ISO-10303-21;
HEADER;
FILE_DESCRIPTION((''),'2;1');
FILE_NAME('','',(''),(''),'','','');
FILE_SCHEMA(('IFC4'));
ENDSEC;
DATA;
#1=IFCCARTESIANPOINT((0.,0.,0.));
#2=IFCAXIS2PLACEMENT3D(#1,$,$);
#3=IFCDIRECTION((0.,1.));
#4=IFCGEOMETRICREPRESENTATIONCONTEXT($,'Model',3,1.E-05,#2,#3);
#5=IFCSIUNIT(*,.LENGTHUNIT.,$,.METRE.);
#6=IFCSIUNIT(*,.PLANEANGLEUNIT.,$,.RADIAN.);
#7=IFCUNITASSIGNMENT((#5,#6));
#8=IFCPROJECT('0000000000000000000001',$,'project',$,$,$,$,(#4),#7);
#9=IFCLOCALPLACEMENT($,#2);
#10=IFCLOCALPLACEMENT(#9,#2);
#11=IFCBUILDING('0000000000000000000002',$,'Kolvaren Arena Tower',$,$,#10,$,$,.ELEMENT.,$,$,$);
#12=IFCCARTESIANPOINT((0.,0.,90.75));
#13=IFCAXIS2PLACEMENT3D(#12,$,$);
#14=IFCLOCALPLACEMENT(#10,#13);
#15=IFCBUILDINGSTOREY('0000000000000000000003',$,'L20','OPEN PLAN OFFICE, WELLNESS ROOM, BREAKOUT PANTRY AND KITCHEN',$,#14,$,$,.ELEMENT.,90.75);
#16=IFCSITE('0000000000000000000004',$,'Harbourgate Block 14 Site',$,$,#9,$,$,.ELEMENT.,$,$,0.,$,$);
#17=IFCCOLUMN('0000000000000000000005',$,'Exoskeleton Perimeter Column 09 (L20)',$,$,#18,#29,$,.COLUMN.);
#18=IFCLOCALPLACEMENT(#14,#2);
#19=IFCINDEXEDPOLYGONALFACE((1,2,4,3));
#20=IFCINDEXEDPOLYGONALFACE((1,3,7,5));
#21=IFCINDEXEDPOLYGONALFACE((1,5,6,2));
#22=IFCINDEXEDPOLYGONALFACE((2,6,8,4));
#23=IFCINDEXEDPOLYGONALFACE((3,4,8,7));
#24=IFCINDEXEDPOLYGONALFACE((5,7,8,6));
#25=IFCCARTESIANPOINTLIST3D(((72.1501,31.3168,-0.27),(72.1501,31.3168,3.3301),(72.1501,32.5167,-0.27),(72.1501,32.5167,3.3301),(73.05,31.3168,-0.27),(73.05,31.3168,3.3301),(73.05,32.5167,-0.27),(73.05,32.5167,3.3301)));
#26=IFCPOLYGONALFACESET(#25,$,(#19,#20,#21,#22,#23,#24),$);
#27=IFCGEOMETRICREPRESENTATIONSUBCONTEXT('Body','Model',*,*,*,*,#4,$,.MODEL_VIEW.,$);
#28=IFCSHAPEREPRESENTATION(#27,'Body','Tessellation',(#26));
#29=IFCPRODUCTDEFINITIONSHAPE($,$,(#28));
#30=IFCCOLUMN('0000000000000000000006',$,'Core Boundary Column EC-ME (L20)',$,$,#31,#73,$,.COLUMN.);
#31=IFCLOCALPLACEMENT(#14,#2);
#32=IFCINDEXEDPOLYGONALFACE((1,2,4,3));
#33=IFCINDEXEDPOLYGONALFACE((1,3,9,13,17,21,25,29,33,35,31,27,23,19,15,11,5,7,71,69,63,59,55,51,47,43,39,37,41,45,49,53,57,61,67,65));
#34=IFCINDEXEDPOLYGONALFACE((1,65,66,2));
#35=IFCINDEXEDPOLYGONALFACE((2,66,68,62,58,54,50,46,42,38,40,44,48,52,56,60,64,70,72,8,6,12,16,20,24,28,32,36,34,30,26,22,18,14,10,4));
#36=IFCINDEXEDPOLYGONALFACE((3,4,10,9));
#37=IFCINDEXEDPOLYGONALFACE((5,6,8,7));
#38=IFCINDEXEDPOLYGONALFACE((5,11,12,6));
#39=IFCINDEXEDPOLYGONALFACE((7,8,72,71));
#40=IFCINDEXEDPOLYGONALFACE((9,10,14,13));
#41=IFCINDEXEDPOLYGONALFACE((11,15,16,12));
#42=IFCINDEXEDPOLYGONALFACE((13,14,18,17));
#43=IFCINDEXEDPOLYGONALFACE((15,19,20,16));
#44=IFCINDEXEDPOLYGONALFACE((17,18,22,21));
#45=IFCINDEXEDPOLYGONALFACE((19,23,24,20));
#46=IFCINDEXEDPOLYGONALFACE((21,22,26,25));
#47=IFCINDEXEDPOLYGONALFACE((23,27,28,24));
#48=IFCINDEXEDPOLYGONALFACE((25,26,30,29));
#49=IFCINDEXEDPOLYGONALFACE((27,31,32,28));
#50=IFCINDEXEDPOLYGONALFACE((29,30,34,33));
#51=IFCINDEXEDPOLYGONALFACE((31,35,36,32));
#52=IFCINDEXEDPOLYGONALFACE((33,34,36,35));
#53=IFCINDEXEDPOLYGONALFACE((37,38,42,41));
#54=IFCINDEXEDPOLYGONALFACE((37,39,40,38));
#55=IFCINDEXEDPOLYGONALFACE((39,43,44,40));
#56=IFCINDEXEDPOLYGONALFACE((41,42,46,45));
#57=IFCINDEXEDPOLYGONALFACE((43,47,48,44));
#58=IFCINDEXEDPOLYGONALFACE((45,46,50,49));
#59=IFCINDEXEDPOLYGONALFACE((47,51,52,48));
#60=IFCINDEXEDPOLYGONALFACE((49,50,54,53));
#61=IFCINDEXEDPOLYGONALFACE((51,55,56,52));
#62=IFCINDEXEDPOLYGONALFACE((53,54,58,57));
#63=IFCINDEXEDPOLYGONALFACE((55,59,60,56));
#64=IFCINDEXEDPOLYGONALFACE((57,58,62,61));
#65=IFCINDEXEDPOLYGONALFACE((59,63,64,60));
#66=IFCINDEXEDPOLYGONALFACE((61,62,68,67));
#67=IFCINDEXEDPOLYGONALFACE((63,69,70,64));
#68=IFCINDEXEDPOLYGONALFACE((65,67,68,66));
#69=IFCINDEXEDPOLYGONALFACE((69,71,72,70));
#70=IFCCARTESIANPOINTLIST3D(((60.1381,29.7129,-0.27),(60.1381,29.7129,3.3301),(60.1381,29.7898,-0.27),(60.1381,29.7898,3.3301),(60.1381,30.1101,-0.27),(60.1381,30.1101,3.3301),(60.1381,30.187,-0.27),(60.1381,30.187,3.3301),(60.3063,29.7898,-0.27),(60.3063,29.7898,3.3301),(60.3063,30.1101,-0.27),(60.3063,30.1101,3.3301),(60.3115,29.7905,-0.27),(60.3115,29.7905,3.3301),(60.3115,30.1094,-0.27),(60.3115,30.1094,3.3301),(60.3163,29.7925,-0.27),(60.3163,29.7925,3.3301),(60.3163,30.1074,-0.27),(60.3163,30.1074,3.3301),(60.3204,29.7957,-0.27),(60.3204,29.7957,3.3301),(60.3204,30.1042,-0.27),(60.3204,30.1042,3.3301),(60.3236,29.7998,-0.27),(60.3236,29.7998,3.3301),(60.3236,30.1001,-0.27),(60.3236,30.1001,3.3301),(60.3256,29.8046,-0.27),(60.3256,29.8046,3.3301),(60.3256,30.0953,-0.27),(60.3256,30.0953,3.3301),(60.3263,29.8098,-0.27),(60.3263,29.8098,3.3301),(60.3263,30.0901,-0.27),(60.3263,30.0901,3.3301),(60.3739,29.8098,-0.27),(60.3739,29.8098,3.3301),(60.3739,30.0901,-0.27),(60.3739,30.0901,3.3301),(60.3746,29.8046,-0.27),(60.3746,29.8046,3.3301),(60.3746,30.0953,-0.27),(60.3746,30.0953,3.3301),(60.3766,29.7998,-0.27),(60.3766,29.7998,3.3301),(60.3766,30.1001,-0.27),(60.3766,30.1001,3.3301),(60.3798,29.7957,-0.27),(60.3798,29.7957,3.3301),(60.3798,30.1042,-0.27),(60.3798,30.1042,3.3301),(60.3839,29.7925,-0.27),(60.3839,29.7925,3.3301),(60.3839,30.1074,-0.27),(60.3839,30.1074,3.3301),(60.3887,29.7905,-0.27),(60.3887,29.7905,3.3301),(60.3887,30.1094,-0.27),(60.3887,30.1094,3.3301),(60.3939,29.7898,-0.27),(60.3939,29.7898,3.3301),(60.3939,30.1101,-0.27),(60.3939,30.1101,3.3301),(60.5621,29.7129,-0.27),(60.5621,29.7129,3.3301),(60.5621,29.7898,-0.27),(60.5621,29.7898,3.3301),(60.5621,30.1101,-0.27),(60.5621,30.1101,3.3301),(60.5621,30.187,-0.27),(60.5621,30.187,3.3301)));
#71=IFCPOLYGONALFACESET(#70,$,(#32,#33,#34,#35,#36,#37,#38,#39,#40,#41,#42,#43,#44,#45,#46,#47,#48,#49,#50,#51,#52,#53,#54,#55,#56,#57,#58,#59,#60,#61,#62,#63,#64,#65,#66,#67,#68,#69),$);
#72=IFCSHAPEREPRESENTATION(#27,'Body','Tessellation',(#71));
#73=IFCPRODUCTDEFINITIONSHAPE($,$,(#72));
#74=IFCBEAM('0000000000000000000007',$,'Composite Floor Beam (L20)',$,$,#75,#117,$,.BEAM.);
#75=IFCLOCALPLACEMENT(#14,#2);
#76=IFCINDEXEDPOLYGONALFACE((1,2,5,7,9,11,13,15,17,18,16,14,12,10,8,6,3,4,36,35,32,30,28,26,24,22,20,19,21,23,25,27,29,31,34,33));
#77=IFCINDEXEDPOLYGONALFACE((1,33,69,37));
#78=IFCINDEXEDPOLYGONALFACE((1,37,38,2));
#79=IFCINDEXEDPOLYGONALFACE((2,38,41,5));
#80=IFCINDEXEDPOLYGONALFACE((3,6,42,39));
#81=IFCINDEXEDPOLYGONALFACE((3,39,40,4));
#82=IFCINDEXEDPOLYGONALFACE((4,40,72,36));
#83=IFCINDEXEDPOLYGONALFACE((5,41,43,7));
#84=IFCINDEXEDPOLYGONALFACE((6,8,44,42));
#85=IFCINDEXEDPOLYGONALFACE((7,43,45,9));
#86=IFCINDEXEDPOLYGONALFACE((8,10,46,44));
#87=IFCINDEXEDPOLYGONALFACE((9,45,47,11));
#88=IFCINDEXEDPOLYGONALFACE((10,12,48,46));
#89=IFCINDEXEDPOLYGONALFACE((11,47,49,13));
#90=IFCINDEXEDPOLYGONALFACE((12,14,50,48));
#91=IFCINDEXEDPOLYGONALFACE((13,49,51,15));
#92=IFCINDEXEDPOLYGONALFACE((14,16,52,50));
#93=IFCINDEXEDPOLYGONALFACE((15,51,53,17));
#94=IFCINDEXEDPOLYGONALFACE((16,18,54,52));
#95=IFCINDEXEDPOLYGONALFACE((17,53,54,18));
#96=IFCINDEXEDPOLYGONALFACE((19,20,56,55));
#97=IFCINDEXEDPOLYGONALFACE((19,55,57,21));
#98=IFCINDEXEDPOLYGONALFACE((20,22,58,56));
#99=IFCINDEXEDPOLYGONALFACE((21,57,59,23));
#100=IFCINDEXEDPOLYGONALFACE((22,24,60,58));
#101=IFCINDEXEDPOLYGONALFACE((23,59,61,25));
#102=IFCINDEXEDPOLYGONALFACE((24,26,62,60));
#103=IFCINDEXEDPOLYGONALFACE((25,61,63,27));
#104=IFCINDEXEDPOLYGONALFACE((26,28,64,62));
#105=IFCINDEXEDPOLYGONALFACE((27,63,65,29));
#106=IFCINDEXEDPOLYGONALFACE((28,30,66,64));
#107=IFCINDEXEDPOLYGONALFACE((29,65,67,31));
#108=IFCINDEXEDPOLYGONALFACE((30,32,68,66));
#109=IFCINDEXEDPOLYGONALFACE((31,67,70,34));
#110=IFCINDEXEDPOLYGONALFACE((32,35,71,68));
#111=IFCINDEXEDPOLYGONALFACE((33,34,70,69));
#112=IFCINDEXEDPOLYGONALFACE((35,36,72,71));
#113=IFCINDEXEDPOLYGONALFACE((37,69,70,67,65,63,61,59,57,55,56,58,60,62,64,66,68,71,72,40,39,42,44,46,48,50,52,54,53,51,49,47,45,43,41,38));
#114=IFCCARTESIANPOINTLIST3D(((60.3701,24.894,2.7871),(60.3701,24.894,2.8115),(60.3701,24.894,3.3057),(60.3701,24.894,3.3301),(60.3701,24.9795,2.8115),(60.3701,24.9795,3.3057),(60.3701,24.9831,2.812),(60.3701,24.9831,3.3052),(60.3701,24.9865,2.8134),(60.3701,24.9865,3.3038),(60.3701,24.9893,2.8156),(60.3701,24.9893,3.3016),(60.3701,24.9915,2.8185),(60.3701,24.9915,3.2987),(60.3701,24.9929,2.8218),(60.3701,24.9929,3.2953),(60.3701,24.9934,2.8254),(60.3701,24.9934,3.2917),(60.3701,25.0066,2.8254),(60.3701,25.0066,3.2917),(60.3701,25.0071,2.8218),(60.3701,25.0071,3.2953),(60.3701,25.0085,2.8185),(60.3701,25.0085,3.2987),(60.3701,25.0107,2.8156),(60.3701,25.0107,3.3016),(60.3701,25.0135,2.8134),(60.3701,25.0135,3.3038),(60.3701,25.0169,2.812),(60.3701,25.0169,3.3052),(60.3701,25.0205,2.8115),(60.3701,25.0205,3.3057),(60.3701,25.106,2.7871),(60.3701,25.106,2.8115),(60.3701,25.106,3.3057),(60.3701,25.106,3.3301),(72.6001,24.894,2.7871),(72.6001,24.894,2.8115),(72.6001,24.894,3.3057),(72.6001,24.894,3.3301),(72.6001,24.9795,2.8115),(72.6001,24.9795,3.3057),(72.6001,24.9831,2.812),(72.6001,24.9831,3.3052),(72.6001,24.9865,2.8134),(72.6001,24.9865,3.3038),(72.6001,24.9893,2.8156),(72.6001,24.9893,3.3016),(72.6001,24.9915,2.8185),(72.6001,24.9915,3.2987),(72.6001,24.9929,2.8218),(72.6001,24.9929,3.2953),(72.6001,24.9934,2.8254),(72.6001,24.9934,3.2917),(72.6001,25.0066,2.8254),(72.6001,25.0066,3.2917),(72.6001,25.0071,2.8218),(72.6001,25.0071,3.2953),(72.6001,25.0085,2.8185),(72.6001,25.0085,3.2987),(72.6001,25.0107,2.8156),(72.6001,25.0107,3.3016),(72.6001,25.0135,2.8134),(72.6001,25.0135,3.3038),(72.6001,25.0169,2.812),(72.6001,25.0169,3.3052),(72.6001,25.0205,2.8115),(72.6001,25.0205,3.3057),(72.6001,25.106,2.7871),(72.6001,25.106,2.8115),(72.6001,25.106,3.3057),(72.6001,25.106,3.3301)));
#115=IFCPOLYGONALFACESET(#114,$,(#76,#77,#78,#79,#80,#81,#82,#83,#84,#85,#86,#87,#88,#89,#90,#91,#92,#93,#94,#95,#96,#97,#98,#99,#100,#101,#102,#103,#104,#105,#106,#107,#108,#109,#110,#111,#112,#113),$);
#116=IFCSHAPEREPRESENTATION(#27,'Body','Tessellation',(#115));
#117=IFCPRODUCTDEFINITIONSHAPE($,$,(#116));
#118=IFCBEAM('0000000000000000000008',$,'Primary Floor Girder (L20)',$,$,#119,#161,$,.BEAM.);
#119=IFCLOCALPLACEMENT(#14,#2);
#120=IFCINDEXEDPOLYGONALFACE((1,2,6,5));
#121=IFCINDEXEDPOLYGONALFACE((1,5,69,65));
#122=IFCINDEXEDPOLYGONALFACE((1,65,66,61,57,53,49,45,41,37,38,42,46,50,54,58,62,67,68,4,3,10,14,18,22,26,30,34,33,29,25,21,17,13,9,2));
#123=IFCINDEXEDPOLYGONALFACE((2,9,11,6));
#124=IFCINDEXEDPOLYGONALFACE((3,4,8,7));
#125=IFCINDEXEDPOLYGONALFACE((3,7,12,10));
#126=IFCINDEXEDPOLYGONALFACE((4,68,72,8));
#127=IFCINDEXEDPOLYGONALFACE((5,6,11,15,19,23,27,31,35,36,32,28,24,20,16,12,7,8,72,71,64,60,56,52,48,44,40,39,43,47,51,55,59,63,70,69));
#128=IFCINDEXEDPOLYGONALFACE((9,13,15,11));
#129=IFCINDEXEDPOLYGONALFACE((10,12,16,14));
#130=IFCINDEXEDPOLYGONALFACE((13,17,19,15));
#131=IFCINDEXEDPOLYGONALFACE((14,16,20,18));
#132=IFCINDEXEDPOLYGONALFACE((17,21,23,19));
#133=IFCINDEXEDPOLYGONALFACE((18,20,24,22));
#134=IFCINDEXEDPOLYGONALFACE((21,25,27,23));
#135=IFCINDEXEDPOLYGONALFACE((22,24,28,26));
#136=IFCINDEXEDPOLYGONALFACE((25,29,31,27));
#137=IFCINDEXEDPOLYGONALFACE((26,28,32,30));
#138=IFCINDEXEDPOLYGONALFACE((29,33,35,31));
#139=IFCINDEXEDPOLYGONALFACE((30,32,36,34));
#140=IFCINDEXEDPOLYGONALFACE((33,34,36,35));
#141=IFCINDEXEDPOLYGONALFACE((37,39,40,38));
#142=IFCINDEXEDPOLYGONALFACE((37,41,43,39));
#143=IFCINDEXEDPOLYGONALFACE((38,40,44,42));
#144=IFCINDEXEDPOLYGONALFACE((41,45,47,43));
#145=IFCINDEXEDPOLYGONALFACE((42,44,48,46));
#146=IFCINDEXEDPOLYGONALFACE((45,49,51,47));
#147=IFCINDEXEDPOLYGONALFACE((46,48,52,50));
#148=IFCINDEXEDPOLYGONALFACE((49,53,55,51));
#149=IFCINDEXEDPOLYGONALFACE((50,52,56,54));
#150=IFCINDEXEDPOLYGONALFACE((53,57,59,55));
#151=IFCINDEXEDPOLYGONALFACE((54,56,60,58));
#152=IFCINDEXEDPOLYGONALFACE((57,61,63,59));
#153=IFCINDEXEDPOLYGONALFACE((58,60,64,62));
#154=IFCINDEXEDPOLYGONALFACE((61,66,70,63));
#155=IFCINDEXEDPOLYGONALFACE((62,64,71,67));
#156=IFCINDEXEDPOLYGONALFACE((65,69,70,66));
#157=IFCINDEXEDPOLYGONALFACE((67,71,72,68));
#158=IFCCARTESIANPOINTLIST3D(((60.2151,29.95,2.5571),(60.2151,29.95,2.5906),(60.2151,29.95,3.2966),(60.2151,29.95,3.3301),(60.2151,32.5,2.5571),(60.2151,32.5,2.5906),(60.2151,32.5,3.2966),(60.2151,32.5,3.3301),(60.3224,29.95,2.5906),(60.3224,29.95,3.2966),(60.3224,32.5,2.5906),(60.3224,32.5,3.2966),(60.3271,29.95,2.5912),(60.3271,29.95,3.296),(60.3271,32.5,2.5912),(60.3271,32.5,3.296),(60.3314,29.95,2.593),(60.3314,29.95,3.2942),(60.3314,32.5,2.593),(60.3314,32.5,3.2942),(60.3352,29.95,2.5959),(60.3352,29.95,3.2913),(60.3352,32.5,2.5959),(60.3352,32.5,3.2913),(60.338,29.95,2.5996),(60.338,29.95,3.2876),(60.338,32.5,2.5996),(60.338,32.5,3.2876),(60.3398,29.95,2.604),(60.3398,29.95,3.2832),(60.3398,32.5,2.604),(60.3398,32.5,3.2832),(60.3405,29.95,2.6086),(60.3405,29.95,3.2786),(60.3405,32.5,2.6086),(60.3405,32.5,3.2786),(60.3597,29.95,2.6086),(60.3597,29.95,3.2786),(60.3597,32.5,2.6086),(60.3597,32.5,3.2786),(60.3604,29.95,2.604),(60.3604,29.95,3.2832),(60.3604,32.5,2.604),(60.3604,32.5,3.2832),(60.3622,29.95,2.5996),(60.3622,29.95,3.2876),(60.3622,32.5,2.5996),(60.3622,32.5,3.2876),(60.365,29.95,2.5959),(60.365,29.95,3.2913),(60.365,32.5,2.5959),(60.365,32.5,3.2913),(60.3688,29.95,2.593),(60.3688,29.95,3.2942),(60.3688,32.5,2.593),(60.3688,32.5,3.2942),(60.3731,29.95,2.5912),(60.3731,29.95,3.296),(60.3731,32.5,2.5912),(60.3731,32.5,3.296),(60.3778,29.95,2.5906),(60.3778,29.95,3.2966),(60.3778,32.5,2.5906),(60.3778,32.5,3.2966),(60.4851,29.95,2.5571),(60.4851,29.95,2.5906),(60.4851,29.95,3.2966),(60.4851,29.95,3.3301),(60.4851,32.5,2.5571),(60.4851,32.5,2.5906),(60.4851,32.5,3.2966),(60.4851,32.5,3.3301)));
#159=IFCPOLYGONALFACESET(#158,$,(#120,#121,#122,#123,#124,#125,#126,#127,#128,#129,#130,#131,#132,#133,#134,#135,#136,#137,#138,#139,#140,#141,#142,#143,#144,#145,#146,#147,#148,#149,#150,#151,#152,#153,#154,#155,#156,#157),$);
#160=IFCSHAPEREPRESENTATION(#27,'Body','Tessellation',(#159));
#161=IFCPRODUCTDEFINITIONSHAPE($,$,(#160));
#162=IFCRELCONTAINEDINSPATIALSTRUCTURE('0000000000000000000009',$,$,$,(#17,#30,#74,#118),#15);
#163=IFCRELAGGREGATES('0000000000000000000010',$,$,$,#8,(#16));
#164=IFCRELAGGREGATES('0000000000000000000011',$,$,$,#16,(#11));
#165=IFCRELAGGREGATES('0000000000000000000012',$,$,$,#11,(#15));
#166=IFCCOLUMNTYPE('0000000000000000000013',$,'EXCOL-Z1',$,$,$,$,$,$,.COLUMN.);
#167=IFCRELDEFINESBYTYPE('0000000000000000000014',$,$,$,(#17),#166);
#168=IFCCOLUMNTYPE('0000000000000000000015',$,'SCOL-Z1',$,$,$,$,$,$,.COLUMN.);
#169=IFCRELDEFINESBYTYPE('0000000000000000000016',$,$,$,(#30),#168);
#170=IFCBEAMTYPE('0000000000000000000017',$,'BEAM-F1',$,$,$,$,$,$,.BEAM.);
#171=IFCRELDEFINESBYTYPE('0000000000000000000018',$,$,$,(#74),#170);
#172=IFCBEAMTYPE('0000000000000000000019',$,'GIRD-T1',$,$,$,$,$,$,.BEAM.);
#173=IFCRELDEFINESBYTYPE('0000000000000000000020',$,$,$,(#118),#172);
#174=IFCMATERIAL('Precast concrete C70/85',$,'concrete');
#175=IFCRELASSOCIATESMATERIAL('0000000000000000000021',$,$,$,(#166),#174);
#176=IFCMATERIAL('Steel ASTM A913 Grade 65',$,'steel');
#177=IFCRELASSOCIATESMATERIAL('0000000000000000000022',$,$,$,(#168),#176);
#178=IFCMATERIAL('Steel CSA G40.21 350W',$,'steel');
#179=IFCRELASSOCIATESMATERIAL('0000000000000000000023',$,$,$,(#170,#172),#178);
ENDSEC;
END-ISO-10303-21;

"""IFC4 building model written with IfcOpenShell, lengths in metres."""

from ifc_helpers import new_model, si_unit, direction, frame, origin, origin_2d, place, context, subcontext, project, spatial, rectangle, i_section, extrude, material, material_profile, profile_set, type_object, element, save


model = new_model("IFC4")

# Units and contexts
model_context = context("Model", 3, precision=1e-05, world=origin(), true_north=direction((0.0, 1.0)))
body_context = subcontext(model_context, "Body", "Model", "MODEL_VIEW")
ifc_project = project(units=[si_unit("LENGTHUNIT", "METRE"), si_unit("PLANEANGLEUNIT", "RADIAN")], contexts=[model_context])

# Site, building, storey
site_placement = place(None, origin())
site = spatial("IfcSite", under=ifc_project, at=site_placement, Name="Harbourgate Block 14 Site", CompositionType="ELEMENT", RefElevation=0.0)
building_placement = place(site_placement, origin())
building = spatial("IfcBuilding", under=site, at=building_placement, Name="Kolvaren Arena Tower", CompositionType="ELEMENT")
storey_placement = place(building_placement, frame((0.0, 0.0, 90.75)))
storey = spatial("IfcBuildingStorey", under=building, at=storey_placement, Name="L20", Description="OPEN PLAN OFFICE, WELLNESS ROOM, BREAKOUT PANTRY AND KITCHEN", CompositionType="ELEMENT", Elevation=90.75)

# Columns
ifc_material_1 = material(Name="Precast concrete C70/85", Category="concrete")
ifc_material_profile_1 = material_profile(ifc_material_1, rectangle(XDim=1.2, YDim=0.8999, at=origin_2d()), Name="RC-1200x900")
ifc_profile_set_1 = profile_set([ifc_material_profile_1], Name="Precast concrete C70/85")
column_type_1 = type_object("IfcColumnType", Name="EXCOL-Z1", PredefinedType="COLUMN", material=ifc_profile_set_1)
column_1_placement = place(storey_placement, frame((72.6001, 31.9167, -0.27), z_axis=(0.0, 0.0, 1.0), x_axis=(0.0, 1.0, 0.0)))
element("IfcColumn", 1, at=column_1_placement, inside=storey, type_object=column_type_1, Name="Exoskeleton Perimeter Column 09 (L20)", PredefinedType="COLUMN", context=body_context, shape_type="SweptSolid", body=[
    extrude(rectangle(XDim=1.2, YDim=0.8999, at=origin_2d()), origin(), (0.0, 0.0, 1.0), 3.6001),
])
ifc_material_2 = material(Name="Steel ASTM A913 Grade 65", Category="steel")
ifc_material_profile_2 = material_profile(ifc_material_2, i_section(OverallWidth=0.4241, OverallDepth=0.4741, WebThickness=0.0476, FlangeThickness=0.0769, FilletRadius=0.02, at=origin_2d()), Name="W360x634")
ifc_profile_set_2 = profile_set([ifc_material_profile_2], Name="Steel ASTM A913 Grade 65")
column_type_2 = type_object("IfcColumnType", Name="SCOL-Z1", PredefinedType="COLUMN", material=ifc_profile_set_2)
column_2_placement = place(storey_placement, frame((60.3501, 29.95, -0.27), z_axis=(0.0, 0.0, 1.0), x_axis=(1.0, 0.0, 0.0)))
element("IfcColumn", 2, at=column_2_placement, inside=storey, type_object=column_type_2, Name="Core Boundary Column EC-ME (L20)", PredefinedType="COLUMN", context=body_context, shape_type="SweptSolid", body=[
    extrude(i_section(OverallWidth=0.4241, OverallDepth=0.4741, WebThickness=0.0476, FlangeThickness=0.0769, FilletRadius=0.02, at=origin_2d()), origin(), (0.0, 0.0, 1.0), 3.6001),
])

# Beams
ifc_material_3 = material(Name="Steel CSA G40.21 350W", Category="steel")
ifc_material_profile_3 = material_profile(ifc_material_3, i_section(OverallWidth=0.2119, OverallDepth=0.543, WebThickness=0.0132, FlangeThickness=0.0244, FilletRadius=0.0139, at=origin_2d()), Name="W530x150")
ifc_profile_set_3 = profile_set([ifc_material_profile_3], Name="Steel CSA G40.21 350W")
beam_type_1 = type_object("IfcBeamType", Name="BEAM-F1", PredefinedType="BEAM", material=ifc_profile_set_3)
beam_1_placement = place(storey_placement, frame((60.3701, 25.0, 3.0586), z_axis=(1.0, 0.0, 0.0), x_axis=(0.0, 1.0, 0.0)))
element("IfcBeam", 3, at=beam_1_placement, inside=storey, type_object=beam_type_1, Name="Composite Floor Beam (L20)", PredefinedType="BEAM", context=body_context, shape_type="SweptSolid", body=[
    extrude(i_section(OverallWidth=0.2119, OverallDepth=0.543, WebThickness=0.0132, FlangeThickness=0.0244, FilletRadius=0.0139, at=origin_2d()), origin(), (0.0, 0.0, 1.0), 12.23),
])
ifc_material_profile_4 = material_profile(ifc_material_3, i_section(OverallWidth=0.27, OverallDepth=0.7729, WebThickness=0.0193, FlangeThickness=0.0334, FilletRadius=0.0181, at=origin_2d()), Name="W760x257")
ifc_profile_set_4 = profile_set([ifc_material_profile_4], Name="Steel CSA G40.21 350W")
beam_type_2 = type_object("IfcBeamType", Name="GIRD-T1", PredefinedType="BEAM", material=ifc_profile_set_4)
beam_2_placement = place(storey_placement, frame((60.3501, 29.95, 2.9436), z_axis=(0.0, 1.0, 0.0), x_axis=(-1.0, 0.0, 0.0)))
element("IfcBeam", 4, at=beam_2_placement, inside=storey, type_object=beam_type_2, Name="Primary Floor Girder (L20)", PredefinedType="BEAM", context=body_context, shape_type="SweptSolid", body=[
    extrude(i_section(OverallWidth=0.27, OverallDepth=0.7729, WebThickness=0.0193, FlangeThickness=0.0334, FilletRadius=0.0181, at=origin_2d()), origin(), (0.0, 0.0, 1.0), 2.55),
])

save(model, "model.ifc")
